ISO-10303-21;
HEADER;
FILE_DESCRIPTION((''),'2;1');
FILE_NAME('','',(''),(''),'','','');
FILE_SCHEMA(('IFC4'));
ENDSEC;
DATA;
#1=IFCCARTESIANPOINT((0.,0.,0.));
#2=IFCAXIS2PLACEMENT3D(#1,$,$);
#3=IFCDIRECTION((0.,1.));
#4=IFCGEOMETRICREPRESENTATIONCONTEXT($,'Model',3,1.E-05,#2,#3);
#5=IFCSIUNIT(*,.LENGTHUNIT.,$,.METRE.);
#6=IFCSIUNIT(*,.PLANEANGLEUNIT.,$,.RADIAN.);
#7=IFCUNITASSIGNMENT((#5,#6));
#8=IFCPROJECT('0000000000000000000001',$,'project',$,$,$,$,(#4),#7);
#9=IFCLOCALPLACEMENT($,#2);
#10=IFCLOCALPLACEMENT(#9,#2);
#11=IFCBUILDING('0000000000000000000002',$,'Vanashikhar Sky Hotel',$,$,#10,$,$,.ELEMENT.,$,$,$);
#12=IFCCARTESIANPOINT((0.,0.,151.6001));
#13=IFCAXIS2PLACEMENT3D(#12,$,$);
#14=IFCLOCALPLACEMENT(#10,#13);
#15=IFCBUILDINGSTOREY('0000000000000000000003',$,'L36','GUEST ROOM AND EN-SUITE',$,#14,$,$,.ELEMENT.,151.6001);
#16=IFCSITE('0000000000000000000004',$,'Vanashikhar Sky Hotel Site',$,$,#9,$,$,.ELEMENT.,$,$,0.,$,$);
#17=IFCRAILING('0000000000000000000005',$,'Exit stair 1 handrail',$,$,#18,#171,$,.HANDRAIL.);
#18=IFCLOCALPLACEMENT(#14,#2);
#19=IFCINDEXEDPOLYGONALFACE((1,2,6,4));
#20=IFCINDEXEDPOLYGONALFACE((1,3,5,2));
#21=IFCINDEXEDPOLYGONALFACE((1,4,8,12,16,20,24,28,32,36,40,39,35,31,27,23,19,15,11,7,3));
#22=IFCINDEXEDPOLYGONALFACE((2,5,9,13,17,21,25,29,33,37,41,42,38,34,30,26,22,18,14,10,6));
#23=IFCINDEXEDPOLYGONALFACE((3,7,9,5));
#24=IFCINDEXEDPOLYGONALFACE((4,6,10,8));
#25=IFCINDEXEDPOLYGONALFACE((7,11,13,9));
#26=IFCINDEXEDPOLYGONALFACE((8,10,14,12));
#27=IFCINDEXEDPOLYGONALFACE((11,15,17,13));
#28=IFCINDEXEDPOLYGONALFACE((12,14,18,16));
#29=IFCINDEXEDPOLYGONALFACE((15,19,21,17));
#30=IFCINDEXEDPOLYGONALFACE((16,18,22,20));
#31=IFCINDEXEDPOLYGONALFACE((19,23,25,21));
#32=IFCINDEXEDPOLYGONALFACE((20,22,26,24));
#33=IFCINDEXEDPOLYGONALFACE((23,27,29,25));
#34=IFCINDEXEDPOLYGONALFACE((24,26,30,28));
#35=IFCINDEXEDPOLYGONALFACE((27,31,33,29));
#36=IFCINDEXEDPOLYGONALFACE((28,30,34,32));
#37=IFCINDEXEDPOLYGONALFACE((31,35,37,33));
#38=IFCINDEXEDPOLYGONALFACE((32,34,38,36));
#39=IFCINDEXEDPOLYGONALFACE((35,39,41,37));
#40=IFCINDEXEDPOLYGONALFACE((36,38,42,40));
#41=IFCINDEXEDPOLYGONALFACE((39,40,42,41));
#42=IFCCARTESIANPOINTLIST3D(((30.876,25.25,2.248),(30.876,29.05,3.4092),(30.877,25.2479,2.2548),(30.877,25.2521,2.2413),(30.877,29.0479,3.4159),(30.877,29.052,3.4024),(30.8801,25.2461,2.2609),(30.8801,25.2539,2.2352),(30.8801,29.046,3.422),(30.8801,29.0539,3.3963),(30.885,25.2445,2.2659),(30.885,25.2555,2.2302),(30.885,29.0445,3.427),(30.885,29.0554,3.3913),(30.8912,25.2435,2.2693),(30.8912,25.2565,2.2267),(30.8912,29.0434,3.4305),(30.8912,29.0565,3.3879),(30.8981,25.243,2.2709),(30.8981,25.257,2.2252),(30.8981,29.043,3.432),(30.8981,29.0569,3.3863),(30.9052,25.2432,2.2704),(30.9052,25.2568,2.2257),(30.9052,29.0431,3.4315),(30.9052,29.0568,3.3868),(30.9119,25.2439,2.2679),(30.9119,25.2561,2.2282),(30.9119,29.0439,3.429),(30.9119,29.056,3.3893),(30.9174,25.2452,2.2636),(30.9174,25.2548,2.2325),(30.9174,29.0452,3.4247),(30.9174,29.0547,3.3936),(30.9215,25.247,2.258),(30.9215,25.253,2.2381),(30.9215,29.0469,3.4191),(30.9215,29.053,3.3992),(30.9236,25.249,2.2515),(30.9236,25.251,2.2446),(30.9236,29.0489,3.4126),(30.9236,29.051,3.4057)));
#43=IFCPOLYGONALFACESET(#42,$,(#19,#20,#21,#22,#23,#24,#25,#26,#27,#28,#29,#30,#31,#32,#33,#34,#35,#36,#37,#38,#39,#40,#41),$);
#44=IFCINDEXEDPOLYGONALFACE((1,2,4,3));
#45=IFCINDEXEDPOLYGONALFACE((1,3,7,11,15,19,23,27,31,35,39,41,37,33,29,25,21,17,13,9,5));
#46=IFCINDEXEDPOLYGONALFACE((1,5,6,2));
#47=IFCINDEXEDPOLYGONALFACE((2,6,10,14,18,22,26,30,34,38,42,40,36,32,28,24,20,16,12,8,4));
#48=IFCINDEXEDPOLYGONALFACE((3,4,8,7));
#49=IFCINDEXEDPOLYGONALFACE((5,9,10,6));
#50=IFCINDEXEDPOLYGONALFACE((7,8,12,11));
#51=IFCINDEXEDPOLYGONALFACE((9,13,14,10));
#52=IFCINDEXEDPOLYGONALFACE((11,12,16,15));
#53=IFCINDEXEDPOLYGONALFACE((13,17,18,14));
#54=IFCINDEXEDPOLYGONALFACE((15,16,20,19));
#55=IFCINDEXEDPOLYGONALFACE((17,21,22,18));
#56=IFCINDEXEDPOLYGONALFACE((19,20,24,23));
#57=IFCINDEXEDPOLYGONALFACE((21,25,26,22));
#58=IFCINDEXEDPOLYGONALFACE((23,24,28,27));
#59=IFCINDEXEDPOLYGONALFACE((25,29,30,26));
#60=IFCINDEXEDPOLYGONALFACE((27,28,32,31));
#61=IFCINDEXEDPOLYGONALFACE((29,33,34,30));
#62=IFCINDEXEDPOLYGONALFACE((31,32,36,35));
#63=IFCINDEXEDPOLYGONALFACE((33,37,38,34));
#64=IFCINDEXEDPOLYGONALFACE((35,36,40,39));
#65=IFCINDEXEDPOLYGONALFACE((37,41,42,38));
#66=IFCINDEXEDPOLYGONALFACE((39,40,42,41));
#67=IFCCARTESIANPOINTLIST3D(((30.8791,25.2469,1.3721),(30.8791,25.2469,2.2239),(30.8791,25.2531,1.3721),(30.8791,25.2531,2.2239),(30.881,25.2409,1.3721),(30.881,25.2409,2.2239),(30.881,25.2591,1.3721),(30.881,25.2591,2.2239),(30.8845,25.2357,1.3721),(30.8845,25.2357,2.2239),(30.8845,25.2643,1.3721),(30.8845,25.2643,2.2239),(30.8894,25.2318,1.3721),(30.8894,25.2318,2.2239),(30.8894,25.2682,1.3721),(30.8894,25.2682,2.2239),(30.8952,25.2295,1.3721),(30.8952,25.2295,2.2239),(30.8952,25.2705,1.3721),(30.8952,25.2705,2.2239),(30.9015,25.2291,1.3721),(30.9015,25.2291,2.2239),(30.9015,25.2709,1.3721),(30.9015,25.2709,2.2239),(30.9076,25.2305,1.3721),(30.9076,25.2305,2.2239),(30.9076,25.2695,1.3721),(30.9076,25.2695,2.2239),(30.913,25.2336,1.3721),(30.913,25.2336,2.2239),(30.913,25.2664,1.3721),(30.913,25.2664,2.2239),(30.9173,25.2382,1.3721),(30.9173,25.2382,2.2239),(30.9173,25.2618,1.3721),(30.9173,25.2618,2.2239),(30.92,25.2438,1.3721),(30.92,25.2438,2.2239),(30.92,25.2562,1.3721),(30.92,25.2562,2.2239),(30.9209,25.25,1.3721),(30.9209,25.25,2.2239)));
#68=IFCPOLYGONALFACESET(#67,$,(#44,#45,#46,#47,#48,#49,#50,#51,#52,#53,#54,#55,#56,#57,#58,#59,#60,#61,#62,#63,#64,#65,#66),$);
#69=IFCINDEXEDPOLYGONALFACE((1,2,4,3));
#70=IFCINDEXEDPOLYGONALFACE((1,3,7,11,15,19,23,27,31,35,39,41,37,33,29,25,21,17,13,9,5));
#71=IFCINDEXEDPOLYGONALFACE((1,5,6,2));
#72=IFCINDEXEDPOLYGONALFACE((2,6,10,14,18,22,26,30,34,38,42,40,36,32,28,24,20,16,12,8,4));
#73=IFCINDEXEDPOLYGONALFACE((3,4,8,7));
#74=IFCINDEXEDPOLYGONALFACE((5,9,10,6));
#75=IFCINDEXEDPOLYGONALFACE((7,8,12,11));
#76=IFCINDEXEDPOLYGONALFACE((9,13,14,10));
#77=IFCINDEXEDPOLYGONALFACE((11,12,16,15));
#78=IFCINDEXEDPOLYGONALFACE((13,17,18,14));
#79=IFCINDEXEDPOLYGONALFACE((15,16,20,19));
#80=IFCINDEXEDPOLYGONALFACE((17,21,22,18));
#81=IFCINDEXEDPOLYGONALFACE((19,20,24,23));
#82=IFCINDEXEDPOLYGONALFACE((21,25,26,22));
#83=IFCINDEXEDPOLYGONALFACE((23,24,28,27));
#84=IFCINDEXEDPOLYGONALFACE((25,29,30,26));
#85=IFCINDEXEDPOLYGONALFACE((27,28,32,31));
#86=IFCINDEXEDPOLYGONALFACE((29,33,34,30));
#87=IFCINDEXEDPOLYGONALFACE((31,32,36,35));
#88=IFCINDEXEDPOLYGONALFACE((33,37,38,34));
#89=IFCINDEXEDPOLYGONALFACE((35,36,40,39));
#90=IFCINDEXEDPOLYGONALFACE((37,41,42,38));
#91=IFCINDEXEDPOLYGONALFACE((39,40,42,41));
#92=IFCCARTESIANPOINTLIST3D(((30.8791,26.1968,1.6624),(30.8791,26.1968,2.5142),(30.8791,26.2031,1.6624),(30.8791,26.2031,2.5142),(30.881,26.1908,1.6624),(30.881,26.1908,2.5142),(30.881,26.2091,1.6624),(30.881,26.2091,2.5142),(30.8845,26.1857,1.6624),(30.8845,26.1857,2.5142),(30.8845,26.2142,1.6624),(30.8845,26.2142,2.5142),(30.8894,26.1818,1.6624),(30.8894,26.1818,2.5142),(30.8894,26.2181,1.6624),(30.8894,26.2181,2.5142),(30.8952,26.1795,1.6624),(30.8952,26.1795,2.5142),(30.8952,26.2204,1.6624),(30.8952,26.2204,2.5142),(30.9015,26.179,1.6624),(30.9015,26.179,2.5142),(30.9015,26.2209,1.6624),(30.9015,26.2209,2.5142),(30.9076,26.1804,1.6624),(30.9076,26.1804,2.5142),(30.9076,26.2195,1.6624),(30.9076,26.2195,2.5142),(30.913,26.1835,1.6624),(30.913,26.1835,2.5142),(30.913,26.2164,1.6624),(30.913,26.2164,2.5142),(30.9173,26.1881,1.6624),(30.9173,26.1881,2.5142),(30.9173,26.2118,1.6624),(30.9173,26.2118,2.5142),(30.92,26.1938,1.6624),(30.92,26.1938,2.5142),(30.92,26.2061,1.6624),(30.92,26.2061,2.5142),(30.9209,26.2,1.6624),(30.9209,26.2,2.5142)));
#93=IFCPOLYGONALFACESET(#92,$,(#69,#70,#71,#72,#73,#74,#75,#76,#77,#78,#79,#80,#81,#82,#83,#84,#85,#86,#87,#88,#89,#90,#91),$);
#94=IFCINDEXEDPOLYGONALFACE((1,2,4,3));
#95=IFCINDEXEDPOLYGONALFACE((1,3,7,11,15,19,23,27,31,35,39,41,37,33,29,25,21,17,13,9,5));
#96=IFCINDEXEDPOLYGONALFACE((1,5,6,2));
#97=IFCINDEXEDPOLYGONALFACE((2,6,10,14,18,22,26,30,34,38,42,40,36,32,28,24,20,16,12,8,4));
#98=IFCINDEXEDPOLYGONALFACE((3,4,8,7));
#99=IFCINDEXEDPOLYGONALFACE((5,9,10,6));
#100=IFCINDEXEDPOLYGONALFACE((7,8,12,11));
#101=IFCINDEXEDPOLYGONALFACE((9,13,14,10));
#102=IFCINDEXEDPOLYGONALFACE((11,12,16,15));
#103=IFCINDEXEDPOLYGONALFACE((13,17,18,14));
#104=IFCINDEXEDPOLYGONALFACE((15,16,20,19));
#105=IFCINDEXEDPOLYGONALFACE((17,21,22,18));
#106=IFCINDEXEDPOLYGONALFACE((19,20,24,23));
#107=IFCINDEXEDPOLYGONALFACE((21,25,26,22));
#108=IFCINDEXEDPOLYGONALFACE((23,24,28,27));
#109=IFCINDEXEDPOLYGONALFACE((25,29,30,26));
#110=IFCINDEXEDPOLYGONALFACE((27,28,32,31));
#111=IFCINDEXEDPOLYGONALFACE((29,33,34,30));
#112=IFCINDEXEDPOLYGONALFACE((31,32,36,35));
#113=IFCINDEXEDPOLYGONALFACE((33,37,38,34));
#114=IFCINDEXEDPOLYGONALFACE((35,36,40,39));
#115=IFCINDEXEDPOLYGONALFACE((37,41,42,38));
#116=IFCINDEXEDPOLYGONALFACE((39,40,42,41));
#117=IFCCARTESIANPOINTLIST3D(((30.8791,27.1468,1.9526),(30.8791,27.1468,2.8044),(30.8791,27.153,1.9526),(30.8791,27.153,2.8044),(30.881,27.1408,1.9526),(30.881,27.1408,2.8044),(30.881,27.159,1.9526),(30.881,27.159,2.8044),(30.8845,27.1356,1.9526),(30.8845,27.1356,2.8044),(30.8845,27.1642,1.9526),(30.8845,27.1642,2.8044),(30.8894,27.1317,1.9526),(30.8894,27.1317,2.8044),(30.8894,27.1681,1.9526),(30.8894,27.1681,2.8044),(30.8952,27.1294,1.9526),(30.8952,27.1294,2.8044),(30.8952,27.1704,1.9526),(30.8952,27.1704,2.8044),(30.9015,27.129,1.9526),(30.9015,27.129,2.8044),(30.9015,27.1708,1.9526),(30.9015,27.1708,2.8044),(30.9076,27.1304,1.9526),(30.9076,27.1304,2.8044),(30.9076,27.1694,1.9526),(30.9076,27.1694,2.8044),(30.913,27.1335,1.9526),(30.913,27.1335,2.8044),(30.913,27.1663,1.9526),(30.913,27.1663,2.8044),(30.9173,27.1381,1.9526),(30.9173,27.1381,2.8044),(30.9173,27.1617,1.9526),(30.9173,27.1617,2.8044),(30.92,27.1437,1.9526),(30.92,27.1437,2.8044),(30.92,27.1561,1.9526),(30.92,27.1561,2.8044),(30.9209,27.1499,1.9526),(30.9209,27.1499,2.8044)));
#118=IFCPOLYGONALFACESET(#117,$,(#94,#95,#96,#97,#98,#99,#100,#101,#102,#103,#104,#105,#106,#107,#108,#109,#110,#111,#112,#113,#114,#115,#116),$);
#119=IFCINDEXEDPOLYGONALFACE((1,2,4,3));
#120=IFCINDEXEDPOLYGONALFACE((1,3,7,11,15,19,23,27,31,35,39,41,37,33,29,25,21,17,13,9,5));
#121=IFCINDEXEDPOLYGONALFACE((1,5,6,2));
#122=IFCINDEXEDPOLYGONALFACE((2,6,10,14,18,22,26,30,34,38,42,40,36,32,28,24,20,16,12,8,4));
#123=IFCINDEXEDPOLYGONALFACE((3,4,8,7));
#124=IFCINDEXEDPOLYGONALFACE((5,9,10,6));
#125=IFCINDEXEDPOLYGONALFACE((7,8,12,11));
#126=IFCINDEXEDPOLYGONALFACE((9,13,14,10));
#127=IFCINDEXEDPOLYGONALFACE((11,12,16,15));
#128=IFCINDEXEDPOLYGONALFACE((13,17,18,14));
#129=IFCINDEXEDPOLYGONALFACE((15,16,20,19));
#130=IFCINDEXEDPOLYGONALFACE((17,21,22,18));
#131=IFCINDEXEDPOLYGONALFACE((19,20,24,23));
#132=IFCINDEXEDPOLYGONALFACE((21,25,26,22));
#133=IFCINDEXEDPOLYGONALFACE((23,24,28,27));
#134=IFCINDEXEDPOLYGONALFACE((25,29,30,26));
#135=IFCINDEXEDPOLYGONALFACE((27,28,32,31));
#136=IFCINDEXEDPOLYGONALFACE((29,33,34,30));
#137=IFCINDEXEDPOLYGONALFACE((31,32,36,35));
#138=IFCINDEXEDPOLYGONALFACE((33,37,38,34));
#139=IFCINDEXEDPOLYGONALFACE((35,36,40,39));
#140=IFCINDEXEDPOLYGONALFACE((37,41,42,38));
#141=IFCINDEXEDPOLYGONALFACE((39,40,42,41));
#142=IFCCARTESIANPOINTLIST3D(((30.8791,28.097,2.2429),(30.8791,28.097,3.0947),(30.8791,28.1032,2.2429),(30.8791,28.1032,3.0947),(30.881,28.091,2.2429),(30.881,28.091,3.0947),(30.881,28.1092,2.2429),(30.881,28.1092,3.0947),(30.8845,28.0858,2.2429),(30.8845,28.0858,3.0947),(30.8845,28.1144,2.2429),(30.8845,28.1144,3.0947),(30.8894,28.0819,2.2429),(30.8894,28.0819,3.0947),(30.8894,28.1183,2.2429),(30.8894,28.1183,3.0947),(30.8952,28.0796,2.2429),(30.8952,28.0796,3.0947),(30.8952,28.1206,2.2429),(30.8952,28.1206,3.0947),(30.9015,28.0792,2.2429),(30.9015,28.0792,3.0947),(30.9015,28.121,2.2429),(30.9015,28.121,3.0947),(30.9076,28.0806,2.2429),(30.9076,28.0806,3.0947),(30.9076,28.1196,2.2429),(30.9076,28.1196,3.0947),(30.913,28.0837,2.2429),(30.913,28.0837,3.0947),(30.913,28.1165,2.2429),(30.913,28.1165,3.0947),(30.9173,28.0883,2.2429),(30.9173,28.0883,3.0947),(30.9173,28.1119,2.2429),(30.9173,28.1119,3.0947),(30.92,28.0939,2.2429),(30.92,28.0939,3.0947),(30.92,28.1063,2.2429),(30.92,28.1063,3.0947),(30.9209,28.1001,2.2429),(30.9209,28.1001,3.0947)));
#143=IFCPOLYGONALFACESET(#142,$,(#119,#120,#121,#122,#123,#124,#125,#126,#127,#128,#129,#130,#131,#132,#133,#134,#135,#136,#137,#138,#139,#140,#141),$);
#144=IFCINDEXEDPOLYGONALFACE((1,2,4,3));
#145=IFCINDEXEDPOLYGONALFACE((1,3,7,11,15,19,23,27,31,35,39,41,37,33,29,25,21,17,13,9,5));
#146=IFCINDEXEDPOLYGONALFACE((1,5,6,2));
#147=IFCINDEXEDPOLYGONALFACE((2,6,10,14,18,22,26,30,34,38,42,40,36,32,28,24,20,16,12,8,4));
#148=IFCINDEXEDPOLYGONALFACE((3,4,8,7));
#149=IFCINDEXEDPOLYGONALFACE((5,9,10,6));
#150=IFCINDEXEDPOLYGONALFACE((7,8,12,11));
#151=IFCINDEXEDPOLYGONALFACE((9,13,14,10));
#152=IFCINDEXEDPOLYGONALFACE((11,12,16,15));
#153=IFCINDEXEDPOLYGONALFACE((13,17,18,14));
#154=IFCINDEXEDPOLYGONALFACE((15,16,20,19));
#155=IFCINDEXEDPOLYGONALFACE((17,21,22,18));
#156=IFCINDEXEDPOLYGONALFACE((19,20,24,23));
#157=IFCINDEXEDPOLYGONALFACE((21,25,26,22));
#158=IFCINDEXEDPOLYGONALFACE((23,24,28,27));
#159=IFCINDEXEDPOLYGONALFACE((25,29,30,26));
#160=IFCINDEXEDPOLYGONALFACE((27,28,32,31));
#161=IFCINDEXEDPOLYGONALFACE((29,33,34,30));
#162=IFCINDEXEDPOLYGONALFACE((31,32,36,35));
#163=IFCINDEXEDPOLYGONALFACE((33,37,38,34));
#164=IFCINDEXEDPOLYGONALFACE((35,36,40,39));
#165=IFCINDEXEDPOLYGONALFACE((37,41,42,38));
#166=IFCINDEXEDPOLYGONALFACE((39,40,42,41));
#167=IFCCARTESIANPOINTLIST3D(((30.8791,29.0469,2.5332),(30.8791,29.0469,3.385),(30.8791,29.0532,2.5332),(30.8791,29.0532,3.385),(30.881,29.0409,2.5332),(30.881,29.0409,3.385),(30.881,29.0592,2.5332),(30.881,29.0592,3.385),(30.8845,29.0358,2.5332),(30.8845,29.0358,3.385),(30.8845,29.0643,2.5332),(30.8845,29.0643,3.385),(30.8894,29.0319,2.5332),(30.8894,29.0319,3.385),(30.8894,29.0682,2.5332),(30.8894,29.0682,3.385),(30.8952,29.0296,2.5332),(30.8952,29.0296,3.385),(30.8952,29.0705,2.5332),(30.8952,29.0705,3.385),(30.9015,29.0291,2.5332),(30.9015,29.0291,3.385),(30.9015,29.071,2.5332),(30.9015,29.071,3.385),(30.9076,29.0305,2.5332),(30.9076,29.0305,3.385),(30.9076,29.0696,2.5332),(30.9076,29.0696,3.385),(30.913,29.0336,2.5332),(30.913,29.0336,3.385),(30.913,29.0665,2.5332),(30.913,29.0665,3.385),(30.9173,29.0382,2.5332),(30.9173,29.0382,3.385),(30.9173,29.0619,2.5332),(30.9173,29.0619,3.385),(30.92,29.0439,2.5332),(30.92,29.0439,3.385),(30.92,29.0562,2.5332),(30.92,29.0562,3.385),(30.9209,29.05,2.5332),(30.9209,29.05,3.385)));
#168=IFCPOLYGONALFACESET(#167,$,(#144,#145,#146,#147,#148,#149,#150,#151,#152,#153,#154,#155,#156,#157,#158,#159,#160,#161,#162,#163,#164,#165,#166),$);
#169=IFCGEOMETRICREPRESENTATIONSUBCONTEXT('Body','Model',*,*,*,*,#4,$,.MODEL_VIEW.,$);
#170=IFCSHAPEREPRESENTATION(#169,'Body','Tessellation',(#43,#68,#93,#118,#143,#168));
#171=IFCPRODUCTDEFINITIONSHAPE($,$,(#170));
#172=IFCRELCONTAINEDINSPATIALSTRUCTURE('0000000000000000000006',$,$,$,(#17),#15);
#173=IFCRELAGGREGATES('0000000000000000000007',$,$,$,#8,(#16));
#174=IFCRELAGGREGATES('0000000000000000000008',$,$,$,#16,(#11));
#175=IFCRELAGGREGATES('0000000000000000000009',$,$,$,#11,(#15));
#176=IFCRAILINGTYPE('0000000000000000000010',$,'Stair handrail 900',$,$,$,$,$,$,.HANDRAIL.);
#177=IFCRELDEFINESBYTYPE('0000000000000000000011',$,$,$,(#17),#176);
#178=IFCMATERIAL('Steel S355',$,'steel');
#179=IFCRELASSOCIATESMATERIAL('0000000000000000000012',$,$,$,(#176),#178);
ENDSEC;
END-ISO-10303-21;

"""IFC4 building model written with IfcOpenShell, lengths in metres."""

from ifc_helpers import new_model, si_unit, direction, frame, origin, origin_2d, place, context, subcontext, project, spatial, circle, extrude, source, transform, mapped, material, type_object, element, save


model = new_model("IFC4")

# Units and contexts
model_context = context("Model", 3, precision=1e-05, world=origin(), true_north=direction((0.0, 1.0)))
body_context = subcontext(model_context, "Body", "Model", "MODEL_VIEW")
ifc_project = project(units=[si_unit("LENGTHUNIT", "METRE"), si_unit("PLANEANGLEUNIT", "RADIAN")], contexts=[model_context])

# Site, building, storey
site_placement = place(None, origin())
site = spatial("IfcSite", under=ifc_project, at=site_placement, Name="Vanashikhar Sky Hotel Site", CompositionType="ELEMENT", RefElevation=0.0)
building_placement = place(site_placement, origin())
building = spatial("IfcBuilding", under=site, at=building_placement, Name="Vanashikhar Sky Hotel", CompositionType="ELEMENT")
storey_placement = place(building_placement, frame((0.0, 0.0, 151.6001)))
storey = spatial("IfcBuildingStorey", under=building, at=storey_placement, Name="L36", Description="GUEST ROOM AND EN-SUITE", CompositionType="ELEMENT", Elevation=151.6001)

# Railing
ifc_material_1 = material(Name="Steel S355", Category="steel")
railing_type_1 = type_object("IfcRailingType", Name="Stair handrail 900", PredefinedType="HANDRAIL", material=ifc_material_1)
shared_shape_1 = source(origin(), body_context, "Body", "SweptSolid", [
    extrude(circle(Radius=0.0239, at=origin_2d()), frame((0.0, 0.0, 0.876), z_axis=(0.0, 0.956351, 0.29222), x_axis=(-1.0, 0.0, 0.0)), (0.0, 0.0, 1.0), 3.9734),
    extrude(circle(Radius=0.021, at=origin_2d()), origin(), (0.0, 0.0, 1.0), 0.8518),
    extrude(circle(Radius=0.021, at=origin_2d()), frame((0.0, 0.95, 0.2903)), (0.0, 0.0, 1.0), 0.8518),
    extrude(circle(Radius=0.021, at=origin_2d()), frame((0.0, 1.8999, 0.5806)), (0.0, 0.0, 1.0), 0.8518),
    extrude(circle(Radius=0.021, at=origin_2d()), frame((0.0, 2.8501, 0.8708)), (0.0, 0.0, 1.0), 0.8518),
    extrude(circle(Radius=0.021, at=origin_2d()), frame((0.0, 3.8, 1.1611)), (0.0, 0.0, 1.0), 0.8518),
])
railing_1_placement = place(storey_placement, frame((30.8999, 25.25, 1.3721)))
element("IfcRailing", 1, at=railing_1_placement, inside=storey, type_object=railing_type_1, Name="Exit stair 1 handrail", PredefinedType="HANDRAIL", context=body_context, shape_type="MappedRepresentation", body=[
    mapped(shared_shape_1, transform((0.0, 0.0, 0.0), scale=1.0)),
])

save(model, "model.ifc")
